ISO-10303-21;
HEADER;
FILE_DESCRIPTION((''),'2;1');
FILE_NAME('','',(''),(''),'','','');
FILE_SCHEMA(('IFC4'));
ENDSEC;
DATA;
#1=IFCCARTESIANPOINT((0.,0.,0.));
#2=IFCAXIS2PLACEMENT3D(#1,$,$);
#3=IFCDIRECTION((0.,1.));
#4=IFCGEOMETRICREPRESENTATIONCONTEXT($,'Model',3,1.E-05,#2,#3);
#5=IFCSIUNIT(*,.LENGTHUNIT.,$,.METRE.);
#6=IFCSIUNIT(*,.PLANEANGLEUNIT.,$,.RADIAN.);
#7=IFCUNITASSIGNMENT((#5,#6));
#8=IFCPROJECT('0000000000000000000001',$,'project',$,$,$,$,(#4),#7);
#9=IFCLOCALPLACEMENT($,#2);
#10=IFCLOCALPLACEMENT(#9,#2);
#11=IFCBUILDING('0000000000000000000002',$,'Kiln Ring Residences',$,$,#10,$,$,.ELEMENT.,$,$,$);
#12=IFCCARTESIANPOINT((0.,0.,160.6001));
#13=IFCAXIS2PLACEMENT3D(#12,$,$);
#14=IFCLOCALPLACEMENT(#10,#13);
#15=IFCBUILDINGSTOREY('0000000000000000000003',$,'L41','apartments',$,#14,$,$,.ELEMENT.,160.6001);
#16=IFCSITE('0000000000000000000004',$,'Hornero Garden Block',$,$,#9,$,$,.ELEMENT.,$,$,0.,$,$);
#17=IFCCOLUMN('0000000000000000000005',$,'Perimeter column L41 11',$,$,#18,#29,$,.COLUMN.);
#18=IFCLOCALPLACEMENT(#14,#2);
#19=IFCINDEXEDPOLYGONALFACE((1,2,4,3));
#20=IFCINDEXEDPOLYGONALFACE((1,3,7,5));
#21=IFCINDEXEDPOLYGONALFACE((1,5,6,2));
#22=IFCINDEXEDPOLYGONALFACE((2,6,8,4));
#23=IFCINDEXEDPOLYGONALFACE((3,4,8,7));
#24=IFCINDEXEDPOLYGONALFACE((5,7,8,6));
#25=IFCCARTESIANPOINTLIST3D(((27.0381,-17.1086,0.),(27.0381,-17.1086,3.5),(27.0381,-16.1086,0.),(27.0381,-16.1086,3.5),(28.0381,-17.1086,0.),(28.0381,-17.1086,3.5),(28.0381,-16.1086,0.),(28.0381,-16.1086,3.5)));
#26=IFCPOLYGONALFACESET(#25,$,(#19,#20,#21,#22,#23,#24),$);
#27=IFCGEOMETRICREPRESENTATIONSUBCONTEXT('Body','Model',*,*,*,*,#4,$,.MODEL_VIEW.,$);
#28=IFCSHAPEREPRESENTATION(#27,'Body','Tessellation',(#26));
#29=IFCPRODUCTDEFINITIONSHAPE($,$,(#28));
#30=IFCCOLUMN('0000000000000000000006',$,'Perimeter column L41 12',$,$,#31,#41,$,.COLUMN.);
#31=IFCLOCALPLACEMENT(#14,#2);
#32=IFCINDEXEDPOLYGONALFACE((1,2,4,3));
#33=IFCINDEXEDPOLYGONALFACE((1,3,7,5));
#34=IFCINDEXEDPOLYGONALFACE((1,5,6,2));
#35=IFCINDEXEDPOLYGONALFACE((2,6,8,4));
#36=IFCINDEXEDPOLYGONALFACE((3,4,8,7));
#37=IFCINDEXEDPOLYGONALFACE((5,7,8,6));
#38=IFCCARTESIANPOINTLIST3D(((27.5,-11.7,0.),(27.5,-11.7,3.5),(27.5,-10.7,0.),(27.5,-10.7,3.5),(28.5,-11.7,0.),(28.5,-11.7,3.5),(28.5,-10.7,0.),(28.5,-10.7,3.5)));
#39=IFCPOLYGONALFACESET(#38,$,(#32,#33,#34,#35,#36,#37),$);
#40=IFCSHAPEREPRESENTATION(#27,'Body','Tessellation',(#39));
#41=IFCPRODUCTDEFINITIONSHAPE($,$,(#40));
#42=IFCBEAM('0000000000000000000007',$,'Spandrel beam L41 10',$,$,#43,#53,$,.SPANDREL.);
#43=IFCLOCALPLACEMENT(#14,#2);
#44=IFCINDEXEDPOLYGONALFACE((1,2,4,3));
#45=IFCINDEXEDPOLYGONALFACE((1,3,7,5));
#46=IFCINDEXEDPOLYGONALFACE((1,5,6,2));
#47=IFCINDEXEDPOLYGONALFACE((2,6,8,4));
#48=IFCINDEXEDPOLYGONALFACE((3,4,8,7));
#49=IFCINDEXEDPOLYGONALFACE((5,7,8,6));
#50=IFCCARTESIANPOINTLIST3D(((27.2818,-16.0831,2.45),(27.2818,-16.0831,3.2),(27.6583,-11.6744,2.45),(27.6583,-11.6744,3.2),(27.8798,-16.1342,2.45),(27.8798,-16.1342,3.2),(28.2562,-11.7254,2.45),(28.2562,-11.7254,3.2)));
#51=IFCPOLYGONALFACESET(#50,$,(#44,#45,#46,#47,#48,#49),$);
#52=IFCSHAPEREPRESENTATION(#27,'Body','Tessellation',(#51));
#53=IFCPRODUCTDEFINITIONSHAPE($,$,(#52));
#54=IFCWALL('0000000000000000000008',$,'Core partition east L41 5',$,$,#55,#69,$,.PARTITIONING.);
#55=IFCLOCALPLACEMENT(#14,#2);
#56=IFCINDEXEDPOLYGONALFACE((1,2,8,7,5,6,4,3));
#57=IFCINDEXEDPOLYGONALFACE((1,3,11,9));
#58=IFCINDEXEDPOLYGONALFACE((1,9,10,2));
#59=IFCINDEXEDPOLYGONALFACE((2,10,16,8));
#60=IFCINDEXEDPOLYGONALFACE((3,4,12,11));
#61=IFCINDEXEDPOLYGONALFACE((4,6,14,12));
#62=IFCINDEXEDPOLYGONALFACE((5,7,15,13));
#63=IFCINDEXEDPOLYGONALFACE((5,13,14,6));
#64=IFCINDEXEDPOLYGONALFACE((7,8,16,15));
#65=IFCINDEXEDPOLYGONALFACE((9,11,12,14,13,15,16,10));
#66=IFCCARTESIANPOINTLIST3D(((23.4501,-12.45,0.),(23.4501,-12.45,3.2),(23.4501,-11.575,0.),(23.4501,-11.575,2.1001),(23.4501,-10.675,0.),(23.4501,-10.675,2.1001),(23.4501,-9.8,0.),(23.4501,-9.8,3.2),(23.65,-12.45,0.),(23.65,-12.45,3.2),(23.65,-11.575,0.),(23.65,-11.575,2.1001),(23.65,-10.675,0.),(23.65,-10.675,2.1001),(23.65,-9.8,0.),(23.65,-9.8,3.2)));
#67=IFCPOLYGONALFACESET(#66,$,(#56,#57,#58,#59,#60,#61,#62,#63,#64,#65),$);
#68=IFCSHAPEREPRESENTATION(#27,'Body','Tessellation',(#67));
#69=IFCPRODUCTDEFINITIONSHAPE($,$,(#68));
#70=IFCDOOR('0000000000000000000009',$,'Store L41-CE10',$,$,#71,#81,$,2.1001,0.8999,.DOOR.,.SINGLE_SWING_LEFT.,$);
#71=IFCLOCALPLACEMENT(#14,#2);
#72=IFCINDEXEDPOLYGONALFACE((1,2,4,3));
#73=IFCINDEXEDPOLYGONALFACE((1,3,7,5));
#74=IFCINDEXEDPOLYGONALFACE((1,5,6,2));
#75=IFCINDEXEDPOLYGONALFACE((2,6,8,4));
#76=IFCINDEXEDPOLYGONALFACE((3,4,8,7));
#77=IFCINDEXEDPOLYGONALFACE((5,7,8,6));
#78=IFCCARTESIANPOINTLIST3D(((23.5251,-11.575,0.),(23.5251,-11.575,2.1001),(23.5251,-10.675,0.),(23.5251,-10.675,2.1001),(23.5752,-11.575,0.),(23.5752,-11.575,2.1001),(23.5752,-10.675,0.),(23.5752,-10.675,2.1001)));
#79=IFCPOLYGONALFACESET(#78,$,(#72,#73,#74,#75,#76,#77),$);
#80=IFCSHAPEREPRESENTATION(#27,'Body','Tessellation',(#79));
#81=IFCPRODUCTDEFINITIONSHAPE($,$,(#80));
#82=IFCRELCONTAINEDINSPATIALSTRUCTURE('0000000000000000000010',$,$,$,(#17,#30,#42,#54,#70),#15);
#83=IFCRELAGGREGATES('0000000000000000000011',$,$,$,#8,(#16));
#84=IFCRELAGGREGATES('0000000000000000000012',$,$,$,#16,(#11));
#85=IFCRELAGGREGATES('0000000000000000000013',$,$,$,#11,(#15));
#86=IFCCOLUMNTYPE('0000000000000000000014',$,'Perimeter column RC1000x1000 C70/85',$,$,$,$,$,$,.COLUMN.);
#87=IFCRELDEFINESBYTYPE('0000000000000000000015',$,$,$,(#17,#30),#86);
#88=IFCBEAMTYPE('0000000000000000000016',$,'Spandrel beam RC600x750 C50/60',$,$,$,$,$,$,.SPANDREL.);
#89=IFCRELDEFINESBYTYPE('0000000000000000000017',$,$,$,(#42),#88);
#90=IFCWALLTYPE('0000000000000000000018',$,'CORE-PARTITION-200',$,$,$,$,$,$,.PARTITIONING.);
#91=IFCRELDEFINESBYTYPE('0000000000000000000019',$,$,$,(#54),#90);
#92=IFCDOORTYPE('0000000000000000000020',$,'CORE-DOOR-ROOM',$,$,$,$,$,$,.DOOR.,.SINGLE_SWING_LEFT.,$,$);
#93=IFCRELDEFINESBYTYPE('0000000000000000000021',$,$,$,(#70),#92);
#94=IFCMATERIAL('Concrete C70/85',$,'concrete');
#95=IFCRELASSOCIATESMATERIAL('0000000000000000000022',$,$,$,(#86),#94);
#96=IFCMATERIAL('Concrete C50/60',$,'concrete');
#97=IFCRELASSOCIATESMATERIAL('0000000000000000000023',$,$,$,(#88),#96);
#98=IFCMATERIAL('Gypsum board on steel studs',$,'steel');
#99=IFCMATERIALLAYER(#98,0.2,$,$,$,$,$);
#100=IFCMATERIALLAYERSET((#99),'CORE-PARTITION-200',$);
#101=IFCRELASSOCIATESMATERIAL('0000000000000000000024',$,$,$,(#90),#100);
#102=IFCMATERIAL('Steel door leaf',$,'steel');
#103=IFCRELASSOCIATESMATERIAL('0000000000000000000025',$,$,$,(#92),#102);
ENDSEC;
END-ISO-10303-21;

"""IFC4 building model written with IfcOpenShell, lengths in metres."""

from ifc_helpers import new_model, si_unit, direction, frame, frame_2d, origin, origin_2d, place, context, subcontext, project, spatial, rectangle, extrude, material, layer, layer_set, material_profile, profile_set, type_object, element, fill, save


model = new_model("IFC4")

# Units and contexts
model_context = context("Model", 3, precision=1e-05, world=origin(), true_north=direction((0.0, 1.0)))
body_context = subcontext(model_context, "Body", "Model", "MODEL_VIEW")
ifc_project = project(units=[si_unit("LENGTHUNIT", "METRE"), si_unit("PLANEANGLEUNIT", "RADIAN")], contexts=[model_context])

# Site, building, storey
site_placement = place(None, origin())
site = spatial("IfcSite", under=ifc_project, at=site_placement, Name="Hornero Garden Block", CompositionType="ELEMENT", RefElevation=0.0)
building_placement = place(site_placement, origin())
building = spatial("IfcBuilding", under=site, at=building_placement, Name="Kiln Ring Residences", CompositionType="ELEMENT")
storey_placement = place(building_placement, frame((0.0, 0.0, 160.6001)))
storey = spatial("IfcBuildingStorey", under=building, at=storey_placement, Name="L41", Description="apartments", CompositionType="ELEMENT", Elevation=160.6001)

# Columns
ifc_material_1 = material(Name="Concrete C70/85", Category="concrete")
ifc_material_profile_1 = material_profile(ifc_material_1, rectangle(XDim=1.0, YDim=1.0, at=origin_2d()), Name="RC1000x1000")
ifc_profile_set_1 = profile_set([ifc_material_profile_1], Name="Concrete C70/85")
column_type = type_object("IfcColumnType", Name="Perimeter column RC1000x1000 C70/85", PredefinedType="COLUMN", material=ifc_profile_set_1)
for number, where, z_axis, x_axis, name in (
    (1, (27.5381, -16.6086, 0.0), (0.0, 0.0, 1.0), (1.0, 0.0, 0.0), "Perimeter column L41 11"),
    (2, (28.0, -11.2, 0.0), (0.0, 0.0, 1.0), (1.0, 0.0, 0.0), "Perimeter column L41 12"),
):
    element("IfcColumn", number, at=place(storey_placement, frame(where, z_axis=z_axis, x_axis=x_axis)), inside=storey, type_object=column_type, Name=name, PredefinedType="COLUMN", context=body_context, shape_type="SweptSolid", body=[
        extrude(rectangle(XDim=1.0, YDim=1.0, at=origin_2d()), origin(), (0.0, 0.0, 1.0), 3.5),
    ])

# Beam
ifc_material_2 = material(Name="Concrete C50/60", Category="concrete")
ifc_material_profile_2 = material_profile(ifc_material_2, rectangle(XDim=0.6001, YDim=0.75, at=origin_2d()), Name="RC600x750")
ifc_profile_set_2 = profile_set([ifc_material_profile_2], Name="Concrete C50/60")
beam_type = type_object("IfcBeamType", Name="Spandrel beam RC600x750 C50/60", PredefinedType="SPANDREL", material=ifc_profile_set_2)
beam_placement = place(storey_placement, frame((27.5808, -16.1086, 2.825), z_axis=(0.085082, 0.996374, 0.0), x_axis=(-0.996374, 0.085082, 0.0)))
element("IfcBeam", 3, at=beam_placement, inside=storey, type_object=beam_type, Name="Spandrel beam L41 10", PredefinedType="SPANDREL", context=body_context, shape_type="SweptSolid", body=[
    extrude(rectangle(XDim=0.6001, YDim=0.75, at=origin_2d()), origin(), (0.0, 0.0, 1.0), 4.4248),
])

# Wall, opening, door
ifc_material_3 = material(Name="Gypsum board on steel studs", Category="steel")
ifc_layer_1 = layer(ifc_material_3, 0.2)
ifc_layer_set_1 = layer_set([ifc_layer_1], Name="CORE-PARTITION-200")
wall_type_1 = type_object("IfcWallType", Name="CORE-PARTITION-200", PredefinedType="PARTITIONING", material=ifc_layer_set_1)
wall_1_placement = place(storey_placement, frame((23.55, -12.45, 0.0), z_axis=(0.0, 0.0, 1.0), x_axis=(0.0, 1.0, 0.0)))
wall_1 = element("IfcWall", 4, at=wall_1_placement, inside=storey, type_object=wall_type_1, Name="Core partition east L41 5", PredefinedType="PARTITIONING", context=body_context, shape_type="SweptSolid", body=[
    extrude(rectangle(XDim=2.6499, YDim=0.2, at=frame_2d((1.325, 0.0))), origin(), (0.0, 0.0, 1.0), 3.2),
])
opening_1_placement = place(wall_1_placement, frame((0.875, 0.0, 0.0)))
opening_1 = element("IfcOpeningElement", 5, at=opening_1_placement, cuts=wall_1, PredefinedType="OPENING", context=body_context, shape_type="SweptSolid", body=[
    extrude(rectangle(XDim=0.8999, YDim=2.1001, at=frame_2d((0.45, 1.05))), frame((0.0, 0.1099, 0.0), z_axis=(0.0, -1.0, 0.0), x_axis=(1.0, 0.0, 0.0)), (0.0, 0.0, 1.0), 0.22),
])
ifc_material_4 = material(Name="Steel door leaf", Category="steel")
door_type_1 = type_object("IfcDoorType", Name="CORE-DOOR-ROOM", OperationType="SINGLE_SWING_LEFT", PredefinedType="DOOR", material=ifc_material_4)
door_1_placement = place(opening_1_placement, origin())
door_1 = element("IfcDoor", 6, at=door_1_placement, inside=storey, type_object=door_type_1, Name="Store L41-CE10", OperationType="SINGLE_SWING_LEFT", OverallHeight=2.1001, OverallWidth=0.8999, PredefinedType="DOOR", context=body_context, shape_type="SweptSolid", body=[
    extrude(rectangle(XDim=0.8999, YDim=2.1001, at=frame_2d((0.45, 1.05))), frame((0.0, 0.0249, 0.0), z_axis=(0.0, -1.0, 0.0), x_axis=(1.0, 0.0, 0.0)), (0.0, 0.0, 1.0), 0.05),
])
fill(opening_1, door_1)

save(model, "model.ifc")
